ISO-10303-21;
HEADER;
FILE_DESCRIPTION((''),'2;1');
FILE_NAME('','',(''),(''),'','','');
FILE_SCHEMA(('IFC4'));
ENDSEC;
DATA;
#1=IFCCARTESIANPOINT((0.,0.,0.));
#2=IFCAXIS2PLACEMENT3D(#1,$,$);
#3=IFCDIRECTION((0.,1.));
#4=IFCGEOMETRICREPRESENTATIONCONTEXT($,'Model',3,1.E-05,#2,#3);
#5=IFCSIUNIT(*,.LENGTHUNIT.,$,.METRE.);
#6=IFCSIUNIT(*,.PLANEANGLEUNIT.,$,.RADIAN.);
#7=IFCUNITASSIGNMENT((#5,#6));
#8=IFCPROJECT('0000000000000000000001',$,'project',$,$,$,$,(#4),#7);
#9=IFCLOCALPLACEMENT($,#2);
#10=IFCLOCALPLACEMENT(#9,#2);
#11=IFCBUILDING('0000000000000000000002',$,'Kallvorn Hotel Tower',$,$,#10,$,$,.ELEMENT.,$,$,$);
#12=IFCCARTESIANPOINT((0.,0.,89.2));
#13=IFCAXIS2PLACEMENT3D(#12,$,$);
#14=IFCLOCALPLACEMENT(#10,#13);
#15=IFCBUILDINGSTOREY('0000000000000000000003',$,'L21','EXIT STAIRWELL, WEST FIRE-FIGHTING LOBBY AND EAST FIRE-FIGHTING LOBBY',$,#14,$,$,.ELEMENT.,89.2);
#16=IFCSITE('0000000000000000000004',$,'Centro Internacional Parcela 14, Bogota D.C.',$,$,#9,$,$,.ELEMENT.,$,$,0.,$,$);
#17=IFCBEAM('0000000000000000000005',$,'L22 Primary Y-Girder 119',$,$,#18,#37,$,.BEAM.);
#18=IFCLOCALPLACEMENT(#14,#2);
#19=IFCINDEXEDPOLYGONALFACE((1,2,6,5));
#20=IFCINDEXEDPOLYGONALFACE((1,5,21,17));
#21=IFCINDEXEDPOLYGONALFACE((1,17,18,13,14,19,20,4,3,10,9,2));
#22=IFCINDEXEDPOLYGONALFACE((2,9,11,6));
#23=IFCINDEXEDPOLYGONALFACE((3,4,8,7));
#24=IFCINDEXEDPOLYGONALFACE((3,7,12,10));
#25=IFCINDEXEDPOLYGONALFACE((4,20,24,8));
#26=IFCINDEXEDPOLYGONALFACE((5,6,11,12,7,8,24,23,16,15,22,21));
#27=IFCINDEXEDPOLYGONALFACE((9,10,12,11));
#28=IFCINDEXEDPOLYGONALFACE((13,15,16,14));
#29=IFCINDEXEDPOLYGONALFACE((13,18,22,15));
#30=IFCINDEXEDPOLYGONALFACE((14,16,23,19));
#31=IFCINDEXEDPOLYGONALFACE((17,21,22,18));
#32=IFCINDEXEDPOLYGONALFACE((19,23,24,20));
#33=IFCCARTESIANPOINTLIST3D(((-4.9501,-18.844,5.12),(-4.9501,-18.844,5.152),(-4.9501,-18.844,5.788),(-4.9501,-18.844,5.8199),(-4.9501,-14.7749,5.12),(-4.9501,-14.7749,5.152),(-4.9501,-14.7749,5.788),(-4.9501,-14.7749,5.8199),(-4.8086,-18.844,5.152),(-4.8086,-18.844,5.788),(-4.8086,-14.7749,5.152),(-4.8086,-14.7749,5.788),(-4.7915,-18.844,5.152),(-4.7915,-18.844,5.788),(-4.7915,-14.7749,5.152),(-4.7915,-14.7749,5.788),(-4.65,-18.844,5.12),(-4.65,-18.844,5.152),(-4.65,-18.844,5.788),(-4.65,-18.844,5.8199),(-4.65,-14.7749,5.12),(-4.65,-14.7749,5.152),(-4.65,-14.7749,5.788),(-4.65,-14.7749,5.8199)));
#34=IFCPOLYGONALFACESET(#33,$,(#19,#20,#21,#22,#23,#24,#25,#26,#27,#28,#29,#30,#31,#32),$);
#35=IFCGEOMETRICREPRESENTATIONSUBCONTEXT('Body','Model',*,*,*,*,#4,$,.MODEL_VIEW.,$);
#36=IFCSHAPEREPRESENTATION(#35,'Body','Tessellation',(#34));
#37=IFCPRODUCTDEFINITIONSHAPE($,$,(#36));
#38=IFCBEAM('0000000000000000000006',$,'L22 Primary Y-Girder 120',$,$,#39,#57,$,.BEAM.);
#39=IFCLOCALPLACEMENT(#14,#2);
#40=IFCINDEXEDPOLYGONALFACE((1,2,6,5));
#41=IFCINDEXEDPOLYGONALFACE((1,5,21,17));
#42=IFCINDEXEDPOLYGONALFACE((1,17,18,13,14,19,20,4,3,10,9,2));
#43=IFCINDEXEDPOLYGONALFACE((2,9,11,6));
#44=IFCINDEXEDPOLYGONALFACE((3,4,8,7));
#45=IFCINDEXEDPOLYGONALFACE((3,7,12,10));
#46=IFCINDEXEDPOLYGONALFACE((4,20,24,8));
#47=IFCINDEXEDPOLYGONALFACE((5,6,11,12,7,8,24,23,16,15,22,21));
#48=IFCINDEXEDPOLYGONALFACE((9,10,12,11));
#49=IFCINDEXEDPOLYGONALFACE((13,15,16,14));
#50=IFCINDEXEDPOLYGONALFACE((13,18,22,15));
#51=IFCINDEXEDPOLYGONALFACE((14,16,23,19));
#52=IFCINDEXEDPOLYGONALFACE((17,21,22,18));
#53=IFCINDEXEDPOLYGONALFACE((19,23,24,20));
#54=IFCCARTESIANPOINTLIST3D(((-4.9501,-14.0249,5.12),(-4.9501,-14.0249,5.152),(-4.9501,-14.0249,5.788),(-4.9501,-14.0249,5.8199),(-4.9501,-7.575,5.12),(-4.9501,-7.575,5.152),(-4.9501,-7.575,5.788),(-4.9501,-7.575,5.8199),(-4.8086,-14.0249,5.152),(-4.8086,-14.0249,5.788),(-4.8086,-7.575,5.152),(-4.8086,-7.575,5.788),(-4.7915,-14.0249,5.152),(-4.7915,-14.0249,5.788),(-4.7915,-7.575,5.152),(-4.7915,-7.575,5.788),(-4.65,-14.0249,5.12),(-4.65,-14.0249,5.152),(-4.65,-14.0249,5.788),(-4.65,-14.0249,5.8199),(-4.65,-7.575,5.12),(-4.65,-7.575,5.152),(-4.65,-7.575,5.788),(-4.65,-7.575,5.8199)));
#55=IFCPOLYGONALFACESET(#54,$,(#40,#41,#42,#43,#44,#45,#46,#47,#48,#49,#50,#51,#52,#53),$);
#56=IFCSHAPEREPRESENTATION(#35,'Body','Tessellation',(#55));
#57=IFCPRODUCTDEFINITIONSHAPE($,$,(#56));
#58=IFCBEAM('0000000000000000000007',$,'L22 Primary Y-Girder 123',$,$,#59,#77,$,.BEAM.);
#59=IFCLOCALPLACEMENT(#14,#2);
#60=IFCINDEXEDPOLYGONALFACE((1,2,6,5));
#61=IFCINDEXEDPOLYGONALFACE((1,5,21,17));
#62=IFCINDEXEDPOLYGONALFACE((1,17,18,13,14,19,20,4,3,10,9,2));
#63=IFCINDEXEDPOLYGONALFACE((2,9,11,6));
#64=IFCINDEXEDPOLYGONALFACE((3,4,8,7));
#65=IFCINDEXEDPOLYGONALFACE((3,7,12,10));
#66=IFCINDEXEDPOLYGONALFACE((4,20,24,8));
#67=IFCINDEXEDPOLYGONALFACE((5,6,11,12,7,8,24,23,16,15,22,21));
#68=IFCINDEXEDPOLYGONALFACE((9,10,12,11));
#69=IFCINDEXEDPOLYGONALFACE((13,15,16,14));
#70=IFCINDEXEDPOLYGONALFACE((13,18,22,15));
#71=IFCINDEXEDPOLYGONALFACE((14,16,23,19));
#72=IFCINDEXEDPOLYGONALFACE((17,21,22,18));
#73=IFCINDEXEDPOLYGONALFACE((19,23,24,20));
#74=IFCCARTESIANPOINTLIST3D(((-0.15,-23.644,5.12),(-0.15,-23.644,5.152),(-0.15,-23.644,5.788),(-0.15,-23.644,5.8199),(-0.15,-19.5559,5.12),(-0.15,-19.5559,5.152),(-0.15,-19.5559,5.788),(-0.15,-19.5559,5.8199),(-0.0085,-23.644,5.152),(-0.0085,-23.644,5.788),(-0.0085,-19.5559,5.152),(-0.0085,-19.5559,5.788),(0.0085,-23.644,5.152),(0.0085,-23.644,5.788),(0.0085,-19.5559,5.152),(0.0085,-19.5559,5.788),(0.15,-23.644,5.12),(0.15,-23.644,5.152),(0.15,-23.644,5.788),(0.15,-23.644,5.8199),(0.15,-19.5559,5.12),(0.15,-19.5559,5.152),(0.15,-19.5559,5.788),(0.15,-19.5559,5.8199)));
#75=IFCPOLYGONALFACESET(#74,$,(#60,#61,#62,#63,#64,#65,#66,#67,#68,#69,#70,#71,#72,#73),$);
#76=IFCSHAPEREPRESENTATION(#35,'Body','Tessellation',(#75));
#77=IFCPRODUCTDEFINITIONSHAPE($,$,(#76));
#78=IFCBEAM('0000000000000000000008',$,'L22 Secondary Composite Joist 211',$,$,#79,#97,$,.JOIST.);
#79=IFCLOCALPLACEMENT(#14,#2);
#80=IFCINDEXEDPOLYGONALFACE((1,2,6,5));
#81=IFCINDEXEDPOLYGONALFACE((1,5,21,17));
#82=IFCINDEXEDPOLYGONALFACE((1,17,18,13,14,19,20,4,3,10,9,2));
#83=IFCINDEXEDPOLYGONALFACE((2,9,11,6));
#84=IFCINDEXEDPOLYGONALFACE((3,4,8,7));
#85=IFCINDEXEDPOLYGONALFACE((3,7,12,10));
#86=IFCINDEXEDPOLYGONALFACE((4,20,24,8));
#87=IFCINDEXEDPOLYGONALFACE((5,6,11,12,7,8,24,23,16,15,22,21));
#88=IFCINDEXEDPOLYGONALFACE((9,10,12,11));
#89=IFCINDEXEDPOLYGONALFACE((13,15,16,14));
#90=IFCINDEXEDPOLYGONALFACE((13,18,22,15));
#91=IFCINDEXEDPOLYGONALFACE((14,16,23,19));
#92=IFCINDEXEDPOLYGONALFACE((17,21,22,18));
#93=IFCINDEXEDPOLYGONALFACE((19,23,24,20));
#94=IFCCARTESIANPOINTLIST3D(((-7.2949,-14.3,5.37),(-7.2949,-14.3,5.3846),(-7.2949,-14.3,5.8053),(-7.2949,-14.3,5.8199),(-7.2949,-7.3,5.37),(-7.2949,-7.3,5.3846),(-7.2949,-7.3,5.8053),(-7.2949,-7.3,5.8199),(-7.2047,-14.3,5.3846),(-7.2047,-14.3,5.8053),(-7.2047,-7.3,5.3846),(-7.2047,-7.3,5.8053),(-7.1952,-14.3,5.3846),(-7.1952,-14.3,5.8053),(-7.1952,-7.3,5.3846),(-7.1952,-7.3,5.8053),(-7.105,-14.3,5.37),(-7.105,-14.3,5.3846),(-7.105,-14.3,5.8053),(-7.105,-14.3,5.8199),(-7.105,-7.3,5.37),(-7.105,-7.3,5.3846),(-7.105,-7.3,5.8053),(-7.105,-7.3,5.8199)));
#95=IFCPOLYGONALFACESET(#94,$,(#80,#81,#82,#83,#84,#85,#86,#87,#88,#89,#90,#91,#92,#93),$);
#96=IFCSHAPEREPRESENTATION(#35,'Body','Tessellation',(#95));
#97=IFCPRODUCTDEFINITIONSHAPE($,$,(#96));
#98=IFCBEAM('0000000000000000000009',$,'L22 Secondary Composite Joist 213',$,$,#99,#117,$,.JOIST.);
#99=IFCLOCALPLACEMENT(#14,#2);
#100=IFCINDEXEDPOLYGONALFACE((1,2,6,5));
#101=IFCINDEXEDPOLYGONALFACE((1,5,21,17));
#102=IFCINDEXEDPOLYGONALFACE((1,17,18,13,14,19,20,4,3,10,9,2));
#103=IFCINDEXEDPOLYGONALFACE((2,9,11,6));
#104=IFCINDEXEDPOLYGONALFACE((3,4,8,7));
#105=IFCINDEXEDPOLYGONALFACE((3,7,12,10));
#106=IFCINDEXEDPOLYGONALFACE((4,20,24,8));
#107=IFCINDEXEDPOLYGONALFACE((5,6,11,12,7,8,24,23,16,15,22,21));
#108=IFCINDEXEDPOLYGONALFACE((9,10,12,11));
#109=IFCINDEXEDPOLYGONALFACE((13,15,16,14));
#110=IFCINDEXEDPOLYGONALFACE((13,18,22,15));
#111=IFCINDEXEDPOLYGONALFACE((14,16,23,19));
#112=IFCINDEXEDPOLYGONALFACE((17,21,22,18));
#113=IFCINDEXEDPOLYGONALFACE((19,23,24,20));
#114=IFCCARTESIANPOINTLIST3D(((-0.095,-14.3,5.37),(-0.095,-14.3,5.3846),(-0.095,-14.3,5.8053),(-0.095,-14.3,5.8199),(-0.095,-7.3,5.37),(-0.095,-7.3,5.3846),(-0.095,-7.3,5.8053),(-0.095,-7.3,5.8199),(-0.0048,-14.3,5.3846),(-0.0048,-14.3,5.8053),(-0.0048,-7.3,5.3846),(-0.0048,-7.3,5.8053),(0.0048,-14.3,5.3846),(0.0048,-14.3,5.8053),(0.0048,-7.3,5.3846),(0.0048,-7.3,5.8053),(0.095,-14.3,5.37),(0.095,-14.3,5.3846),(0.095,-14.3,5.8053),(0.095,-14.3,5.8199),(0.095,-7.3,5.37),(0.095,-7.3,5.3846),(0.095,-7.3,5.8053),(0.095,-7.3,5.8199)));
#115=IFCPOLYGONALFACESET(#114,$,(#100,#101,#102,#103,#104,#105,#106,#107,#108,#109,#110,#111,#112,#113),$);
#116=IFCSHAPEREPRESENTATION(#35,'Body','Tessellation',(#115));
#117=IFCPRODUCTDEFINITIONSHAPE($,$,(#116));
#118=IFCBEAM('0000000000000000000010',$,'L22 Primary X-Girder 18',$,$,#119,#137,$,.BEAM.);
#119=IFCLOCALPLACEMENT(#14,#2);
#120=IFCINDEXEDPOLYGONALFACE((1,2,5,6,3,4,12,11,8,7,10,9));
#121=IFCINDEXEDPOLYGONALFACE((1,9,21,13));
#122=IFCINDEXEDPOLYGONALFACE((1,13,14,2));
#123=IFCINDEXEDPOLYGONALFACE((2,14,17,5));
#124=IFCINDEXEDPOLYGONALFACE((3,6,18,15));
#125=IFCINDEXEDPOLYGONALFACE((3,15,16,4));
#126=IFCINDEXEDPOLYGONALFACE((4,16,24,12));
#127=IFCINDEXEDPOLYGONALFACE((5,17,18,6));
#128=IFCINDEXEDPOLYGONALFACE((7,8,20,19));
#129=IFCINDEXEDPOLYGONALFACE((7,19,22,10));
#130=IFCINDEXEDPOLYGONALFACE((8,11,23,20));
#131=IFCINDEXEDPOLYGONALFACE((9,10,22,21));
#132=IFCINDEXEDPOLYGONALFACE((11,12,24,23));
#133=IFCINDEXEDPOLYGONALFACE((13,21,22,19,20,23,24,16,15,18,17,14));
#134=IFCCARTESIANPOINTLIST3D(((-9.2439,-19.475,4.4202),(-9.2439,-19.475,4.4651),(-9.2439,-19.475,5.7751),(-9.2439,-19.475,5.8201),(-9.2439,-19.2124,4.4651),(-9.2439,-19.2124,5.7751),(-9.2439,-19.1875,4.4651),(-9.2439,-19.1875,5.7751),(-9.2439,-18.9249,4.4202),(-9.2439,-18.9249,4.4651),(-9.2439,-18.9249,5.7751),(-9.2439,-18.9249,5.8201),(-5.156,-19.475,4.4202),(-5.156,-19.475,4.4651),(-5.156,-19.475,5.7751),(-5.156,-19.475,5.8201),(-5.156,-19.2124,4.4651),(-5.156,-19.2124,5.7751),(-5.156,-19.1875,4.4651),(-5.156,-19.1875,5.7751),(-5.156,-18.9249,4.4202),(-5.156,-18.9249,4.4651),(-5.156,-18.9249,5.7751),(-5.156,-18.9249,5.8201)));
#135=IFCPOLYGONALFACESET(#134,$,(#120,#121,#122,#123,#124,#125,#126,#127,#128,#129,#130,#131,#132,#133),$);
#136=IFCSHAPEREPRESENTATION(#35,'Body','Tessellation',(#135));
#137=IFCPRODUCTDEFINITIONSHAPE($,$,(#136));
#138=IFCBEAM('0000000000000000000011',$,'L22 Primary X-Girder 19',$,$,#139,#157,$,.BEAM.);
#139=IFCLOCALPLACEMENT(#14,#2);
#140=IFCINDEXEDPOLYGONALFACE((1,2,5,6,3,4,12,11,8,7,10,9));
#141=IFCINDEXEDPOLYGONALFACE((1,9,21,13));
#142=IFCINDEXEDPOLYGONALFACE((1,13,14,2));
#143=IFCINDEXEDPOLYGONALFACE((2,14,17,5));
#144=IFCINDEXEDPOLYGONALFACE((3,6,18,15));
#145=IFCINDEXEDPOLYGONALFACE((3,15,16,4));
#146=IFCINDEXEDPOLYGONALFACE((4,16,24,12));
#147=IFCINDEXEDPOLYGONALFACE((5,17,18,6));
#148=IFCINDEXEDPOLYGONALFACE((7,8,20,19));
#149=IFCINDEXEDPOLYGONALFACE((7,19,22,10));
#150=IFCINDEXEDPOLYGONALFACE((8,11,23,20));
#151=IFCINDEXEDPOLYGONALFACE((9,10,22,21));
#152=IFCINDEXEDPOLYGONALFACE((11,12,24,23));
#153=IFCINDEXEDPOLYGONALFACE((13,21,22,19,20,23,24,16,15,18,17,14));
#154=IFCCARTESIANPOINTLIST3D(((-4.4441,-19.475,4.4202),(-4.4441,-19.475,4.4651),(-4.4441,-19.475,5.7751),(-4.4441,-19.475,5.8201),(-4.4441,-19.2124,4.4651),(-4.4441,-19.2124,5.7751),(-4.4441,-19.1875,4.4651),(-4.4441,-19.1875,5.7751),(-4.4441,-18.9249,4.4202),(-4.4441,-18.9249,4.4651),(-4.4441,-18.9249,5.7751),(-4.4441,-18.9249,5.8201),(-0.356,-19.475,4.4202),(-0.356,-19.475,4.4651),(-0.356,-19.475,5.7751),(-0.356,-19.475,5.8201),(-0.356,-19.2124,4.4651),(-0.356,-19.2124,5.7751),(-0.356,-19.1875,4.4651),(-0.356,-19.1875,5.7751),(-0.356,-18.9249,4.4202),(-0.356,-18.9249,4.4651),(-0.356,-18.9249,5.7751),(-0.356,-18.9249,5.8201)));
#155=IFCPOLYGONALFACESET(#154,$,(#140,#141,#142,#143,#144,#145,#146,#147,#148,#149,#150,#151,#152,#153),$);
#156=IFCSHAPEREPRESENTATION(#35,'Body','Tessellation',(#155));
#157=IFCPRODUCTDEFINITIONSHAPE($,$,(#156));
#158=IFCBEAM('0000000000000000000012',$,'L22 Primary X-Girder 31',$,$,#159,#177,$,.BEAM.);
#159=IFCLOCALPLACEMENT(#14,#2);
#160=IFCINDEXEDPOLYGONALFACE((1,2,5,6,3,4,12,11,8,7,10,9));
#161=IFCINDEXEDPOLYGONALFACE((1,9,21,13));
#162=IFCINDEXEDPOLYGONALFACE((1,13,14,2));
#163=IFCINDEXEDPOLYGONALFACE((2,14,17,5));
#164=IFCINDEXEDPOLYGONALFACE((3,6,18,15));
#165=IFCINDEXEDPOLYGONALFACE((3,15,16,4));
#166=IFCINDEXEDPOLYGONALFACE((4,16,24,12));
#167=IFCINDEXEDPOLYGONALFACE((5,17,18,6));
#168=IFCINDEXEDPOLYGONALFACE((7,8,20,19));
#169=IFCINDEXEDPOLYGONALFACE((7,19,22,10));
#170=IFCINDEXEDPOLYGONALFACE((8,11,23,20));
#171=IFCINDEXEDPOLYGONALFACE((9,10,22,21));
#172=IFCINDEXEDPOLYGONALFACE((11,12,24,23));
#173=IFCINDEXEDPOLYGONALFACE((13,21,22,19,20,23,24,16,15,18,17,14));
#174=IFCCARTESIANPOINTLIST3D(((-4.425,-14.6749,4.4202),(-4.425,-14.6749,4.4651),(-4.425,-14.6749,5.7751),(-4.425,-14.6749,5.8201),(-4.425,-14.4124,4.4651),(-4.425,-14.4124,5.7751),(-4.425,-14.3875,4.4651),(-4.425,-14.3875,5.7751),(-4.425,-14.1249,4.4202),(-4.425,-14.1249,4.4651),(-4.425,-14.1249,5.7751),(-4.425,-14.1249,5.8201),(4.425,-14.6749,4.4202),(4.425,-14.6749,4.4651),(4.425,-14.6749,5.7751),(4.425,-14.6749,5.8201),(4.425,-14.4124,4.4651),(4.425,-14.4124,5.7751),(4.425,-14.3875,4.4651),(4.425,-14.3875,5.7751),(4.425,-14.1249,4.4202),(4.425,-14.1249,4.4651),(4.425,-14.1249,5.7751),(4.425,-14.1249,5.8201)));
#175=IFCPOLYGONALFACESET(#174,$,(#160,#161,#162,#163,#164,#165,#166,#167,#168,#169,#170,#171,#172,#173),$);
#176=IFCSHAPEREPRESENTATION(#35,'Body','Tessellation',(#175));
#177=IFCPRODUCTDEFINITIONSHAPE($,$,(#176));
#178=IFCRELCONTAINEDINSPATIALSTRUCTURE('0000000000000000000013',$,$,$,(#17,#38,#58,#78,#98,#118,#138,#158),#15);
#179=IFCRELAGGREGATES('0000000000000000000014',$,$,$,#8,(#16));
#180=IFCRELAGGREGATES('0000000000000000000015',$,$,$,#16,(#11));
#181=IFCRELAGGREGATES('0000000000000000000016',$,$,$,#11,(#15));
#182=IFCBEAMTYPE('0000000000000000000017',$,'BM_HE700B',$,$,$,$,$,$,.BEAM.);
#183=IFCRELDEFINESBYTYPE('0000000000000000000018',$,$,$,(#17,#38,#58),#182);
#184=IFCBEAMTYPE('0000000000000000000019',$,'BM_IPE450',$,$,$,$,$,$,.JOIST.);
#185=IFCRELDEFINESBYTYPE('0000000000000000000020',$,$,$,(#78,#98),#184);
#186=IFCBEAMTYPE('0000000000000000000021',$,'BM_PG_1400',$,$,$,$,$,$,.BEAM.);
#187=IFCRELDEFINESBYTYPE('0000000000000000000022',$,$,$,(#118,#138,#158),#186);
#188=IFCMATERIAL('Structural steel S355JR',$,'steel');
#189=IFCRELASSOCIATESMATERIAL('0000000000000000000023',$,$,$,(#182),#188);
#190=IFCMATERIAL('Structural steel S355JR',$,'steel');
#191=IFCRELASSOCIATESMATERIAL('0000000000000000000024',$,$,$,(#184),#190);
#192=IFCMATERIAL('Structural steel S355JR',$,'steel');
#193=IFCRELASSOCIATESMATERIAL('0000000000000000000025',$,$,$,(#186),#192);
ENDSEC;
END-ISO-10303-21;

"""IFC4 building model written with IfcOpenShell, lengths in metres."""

from ifc_helpers import new_model, si_unit, direction, frame, origin, origin_2d, place, context, subcontext, project, spatial, i_section, extrude, material, material_profile, profile_set, type_object, element, save


model = new_model("IFC4")

# Units and contexts
model_context = context("Model", 3, precision=1e-05, world=origin(), true_north=direction((0.0, 1.0)))
body_context = subcontext(model_context, "Body", "Model", "MODEL_VIEW")
ifc_project = project(units=[si_unit("LENGTHUNIT", "METRE"), si_unit("PLANEANGLEUNIT", "RADIAN")], contexts=[model_context])

# Site, building, storey
site_placement = place(None, origin())
site = spatial("IfcSite", under=ifc_project, at=site_placement, Name="Centro Internacional Parcela 14, Bogota D.C.", CompositionType="ELEMENT", RefElevation=0.0)
building_placement = place(site_placement, origin())
building = spatial("IfcBuilding", under=site, at=building_placement, Name="Kallvorn Hotel Tower", CompositionType="ELEMENT")
storey_placement = place(building_placement, frame((0.0, 0.0, 89.2)))
storey = spatial("IfcBuildingStorey", under=building, at=storey_placement, Name="L21", Description="EXIT STAIRWELL, WEST FIRE-FIGHTING LOBBY AND EAST FIRE-FIGHTING LOBBY", CompositionType="ELEMENT", Elevation=89.2)

# Beams
ifc_material_1 = material(Name="Structural steel S355JR", Category="steel")
ifc_material_profile_1 = material_profile(ifc_material_1, i_section(OverallWidth=0.3, OverallDepth=0.7, WebThickness=0.0171, FlangeThickness=0.032, at=origin_2d()), Name="HE 700 B")
ifc_profile_set_1 = profile_set([ifc_material_profile_1], Name="Structural steel S355JR")
beam_type_1 = type_object("IfcBeamType", Name="BM_HE700B", PredefinedType="BEAM", material=ifc_profile_set_1)
beam_1_placement = place(storey_placement, frame((-4.8, -18.844, 5.47), z_axis=(0.0, 1.0, 0.0), x_axis=(-1.0, 0.0, 0.0)))
element("IfcBeam", 1, at=beam_1_placement, inside=storey, type_object=beam_type_1, Name="L22 Primary Y-Girder 119", PredefinedType="BEAM", context=body_context, shape_type="SweptSolid", body=[
    extrude(i_section(OverallWidth=0.3, OverallDepth=0.7, WebThickness=0.0171, FlangeThickness=0.032, at=origin_2d()), origin(), (0.0, 0.0, 1.0), 4.0691),
])
beam_2_placement = place(storey_placement, frame((-4.8, -14.0249, 5.47), z_axis=(0.0, 1.0, 0.0), x_axis=(-1.0, 0.0, 0.0)))
element("IfcBeam", 2, at=beam_2_placement, inside=storey, type_object=beam_type_1, Name="L22 Primary Y-Girder 120", PredefinedType="BEAM", context=body_context, shape_type="SweptSolid", body=[
    extrude(i_section(OverallWidth=0.3, OverallDepth=0.7, WebThickness=0.0171, FlangeThickness=0.032, at=origin_2d()), origin(), (0.0, 0.0, 1.0), 6.45),
])
beam_3_placement = place(storey_placement, frame((0.0, -23.644, 5.47), z_axis=(0.0, 1.0, 0.0), x_axis=(-1.0, 0.0, 0.0)))
element("IfcBeam", 3, at=beam_3_placement, inside=storey, type_object=beam_type_1, Name="L22 Primary Y-Girder 123", PredefinedType="BEAM", context=body_context, shape_type="SweptSolid", body=[
    extrude(i_section(OverallWidth=0.3, OverallDepth=0.7, WebThickness=0.0171, FlangeThickness=0.032, at=origin_2d()), origin(), (0.0, 0.0, 1.0), 4.0881),
])
ifc_material_2 = material(Name="Structural steel S355JR", Category="steel")
ifc_material_profile_2 = material_profile(ifc_material_2, i_section(OverallWidth=0.1899, OverallDepth=0.45, WebThickness=0.0095, FlangeThickness=0.0146, at=origin_2d()), Name="IPE 450")
ifc_profile_set_2 = profile_set([ifc_material_profile_2], Name="Structural steel S355JR")
beam_type_2 = type_object("IfcBeamType", Name="BM_IPE450", PredefinedType="JOIST", material=ifc_profile_set_2)
for number, where, z_axis, x_axis, name in (
    (4, (-7.2, -14.3, 5.595), (0.0, 1.0, 0.0), (-1.0, 0.0, 0.0), "L22 Secondary Composite Joist 211"),
    (5, (0.0, -14.3, 5.595), (0.0, 1.0, 0.0), (-1.0, 0.0, 0.0), "L22 Secondary Composite Joist 213"),
):
    element("IfcBeam", number, at=place(storey_placement, frame(where, z_axis=z_axis, x_axis=x_axis)), inside=storey, type_object=beam_type_2, Name=name, PredefinedType="JOIST", context=body_context, shape_type="SweptSolid", body=[
        extrude(i_section(OverallWidth=0.1899, OverallDepth=0.45, WebThickness=0.0095, FlangeThickness=0.0146, at=origin_2d()), origin(), (0.0, 0.0, 1.0), 7.0),
    ])
ifc_material_3 = material(Name="Structural steel S355JR", Category="steel")
ifc_material_profile_3 = material_profile(ifc_material_3, i_section(OverallWidth=0.55, OverallDepth=1.3999, WebThickness=0.0249, FlangeThickness=0.0449, at=origin_2d()), Name="PG 1400x550x25x45")
ifc_profile_set_3 = profile_set([ifc_material_profile_3], Name="Structural steel S355JR")
beam_type_3 = type_object("IfcBeamType", Name="BM_PG_1400", PredefinedType="BEAM", material=ifc_profile_set_3)
beam_4_placement = place(storey_placement, frame((-9.2439, -19.2, 5.1201), z_axis=(1.0, 0.0, 0.0), x_axis=(0.0, 1.0, 0.0)))
element("IfcBeam", 6, at=beam_4_placement, inside=storey, type_object=beam_type_3, Name="L22 Primary X-Girder 18", PredefinedType="BEAM", context=body_context, shape_type="SweptSolid", body=[
    extrude(i_section(OverallWidth=0.55, OverallDepth=1.3999, WebThickness=0.0249, FlangeThickness=0.0449, at=origin_2d()), origin(), (0.0, 0.0, 1.0), 4.0879),
])
beam_5_placement = place(storey_placement, frame((-4.4441, -19.2, 5.1201), z_axis=(1.0, 0.0, 0.0), x_axis=(0.0, 1.0, 0.0)))
element("IfcBeam", 7, at=beam_5_placement, inside=storey, type_object=beam_type_3, Name="L22 Primary X-Girder 19", PredefinedType="BEAM", context=body_context, shape_type="SweptSolid", body=[
    extrude(i_section(OverallWidth=0.55, OverallDepth=1.3999, WebThickness=0.0249, FlangeThickness=0.0449, at=origin_2d()), origin(), (0.0, 0.0, 1.0), 4.0881),
])
beam_6_placement = place(storey_placement, frame((-4.425, -14.3999, 5.1201), z_axis=(1.0, 0.0, 0.0), x_axis=(0.0, 1.0, 0.0)))
element("IfcBeam", 8, at=beam_6_placement, inside=storey, type_object=beam_type_3, Name="L22 Primary X-Girder 31", PredefinedType="BEAM", context=body_context, shape_type="SweptSolid", body=[
    extrude(i_section(OverallWidth=0.55, OverallDepth=1.3999, WebThickness=0.0249, FlangeThickness=0.0449, at=origin_2d()), origin(), (0.0, 0.0, 1.0), 8.8501),
])

save(model, "model.ifc")
